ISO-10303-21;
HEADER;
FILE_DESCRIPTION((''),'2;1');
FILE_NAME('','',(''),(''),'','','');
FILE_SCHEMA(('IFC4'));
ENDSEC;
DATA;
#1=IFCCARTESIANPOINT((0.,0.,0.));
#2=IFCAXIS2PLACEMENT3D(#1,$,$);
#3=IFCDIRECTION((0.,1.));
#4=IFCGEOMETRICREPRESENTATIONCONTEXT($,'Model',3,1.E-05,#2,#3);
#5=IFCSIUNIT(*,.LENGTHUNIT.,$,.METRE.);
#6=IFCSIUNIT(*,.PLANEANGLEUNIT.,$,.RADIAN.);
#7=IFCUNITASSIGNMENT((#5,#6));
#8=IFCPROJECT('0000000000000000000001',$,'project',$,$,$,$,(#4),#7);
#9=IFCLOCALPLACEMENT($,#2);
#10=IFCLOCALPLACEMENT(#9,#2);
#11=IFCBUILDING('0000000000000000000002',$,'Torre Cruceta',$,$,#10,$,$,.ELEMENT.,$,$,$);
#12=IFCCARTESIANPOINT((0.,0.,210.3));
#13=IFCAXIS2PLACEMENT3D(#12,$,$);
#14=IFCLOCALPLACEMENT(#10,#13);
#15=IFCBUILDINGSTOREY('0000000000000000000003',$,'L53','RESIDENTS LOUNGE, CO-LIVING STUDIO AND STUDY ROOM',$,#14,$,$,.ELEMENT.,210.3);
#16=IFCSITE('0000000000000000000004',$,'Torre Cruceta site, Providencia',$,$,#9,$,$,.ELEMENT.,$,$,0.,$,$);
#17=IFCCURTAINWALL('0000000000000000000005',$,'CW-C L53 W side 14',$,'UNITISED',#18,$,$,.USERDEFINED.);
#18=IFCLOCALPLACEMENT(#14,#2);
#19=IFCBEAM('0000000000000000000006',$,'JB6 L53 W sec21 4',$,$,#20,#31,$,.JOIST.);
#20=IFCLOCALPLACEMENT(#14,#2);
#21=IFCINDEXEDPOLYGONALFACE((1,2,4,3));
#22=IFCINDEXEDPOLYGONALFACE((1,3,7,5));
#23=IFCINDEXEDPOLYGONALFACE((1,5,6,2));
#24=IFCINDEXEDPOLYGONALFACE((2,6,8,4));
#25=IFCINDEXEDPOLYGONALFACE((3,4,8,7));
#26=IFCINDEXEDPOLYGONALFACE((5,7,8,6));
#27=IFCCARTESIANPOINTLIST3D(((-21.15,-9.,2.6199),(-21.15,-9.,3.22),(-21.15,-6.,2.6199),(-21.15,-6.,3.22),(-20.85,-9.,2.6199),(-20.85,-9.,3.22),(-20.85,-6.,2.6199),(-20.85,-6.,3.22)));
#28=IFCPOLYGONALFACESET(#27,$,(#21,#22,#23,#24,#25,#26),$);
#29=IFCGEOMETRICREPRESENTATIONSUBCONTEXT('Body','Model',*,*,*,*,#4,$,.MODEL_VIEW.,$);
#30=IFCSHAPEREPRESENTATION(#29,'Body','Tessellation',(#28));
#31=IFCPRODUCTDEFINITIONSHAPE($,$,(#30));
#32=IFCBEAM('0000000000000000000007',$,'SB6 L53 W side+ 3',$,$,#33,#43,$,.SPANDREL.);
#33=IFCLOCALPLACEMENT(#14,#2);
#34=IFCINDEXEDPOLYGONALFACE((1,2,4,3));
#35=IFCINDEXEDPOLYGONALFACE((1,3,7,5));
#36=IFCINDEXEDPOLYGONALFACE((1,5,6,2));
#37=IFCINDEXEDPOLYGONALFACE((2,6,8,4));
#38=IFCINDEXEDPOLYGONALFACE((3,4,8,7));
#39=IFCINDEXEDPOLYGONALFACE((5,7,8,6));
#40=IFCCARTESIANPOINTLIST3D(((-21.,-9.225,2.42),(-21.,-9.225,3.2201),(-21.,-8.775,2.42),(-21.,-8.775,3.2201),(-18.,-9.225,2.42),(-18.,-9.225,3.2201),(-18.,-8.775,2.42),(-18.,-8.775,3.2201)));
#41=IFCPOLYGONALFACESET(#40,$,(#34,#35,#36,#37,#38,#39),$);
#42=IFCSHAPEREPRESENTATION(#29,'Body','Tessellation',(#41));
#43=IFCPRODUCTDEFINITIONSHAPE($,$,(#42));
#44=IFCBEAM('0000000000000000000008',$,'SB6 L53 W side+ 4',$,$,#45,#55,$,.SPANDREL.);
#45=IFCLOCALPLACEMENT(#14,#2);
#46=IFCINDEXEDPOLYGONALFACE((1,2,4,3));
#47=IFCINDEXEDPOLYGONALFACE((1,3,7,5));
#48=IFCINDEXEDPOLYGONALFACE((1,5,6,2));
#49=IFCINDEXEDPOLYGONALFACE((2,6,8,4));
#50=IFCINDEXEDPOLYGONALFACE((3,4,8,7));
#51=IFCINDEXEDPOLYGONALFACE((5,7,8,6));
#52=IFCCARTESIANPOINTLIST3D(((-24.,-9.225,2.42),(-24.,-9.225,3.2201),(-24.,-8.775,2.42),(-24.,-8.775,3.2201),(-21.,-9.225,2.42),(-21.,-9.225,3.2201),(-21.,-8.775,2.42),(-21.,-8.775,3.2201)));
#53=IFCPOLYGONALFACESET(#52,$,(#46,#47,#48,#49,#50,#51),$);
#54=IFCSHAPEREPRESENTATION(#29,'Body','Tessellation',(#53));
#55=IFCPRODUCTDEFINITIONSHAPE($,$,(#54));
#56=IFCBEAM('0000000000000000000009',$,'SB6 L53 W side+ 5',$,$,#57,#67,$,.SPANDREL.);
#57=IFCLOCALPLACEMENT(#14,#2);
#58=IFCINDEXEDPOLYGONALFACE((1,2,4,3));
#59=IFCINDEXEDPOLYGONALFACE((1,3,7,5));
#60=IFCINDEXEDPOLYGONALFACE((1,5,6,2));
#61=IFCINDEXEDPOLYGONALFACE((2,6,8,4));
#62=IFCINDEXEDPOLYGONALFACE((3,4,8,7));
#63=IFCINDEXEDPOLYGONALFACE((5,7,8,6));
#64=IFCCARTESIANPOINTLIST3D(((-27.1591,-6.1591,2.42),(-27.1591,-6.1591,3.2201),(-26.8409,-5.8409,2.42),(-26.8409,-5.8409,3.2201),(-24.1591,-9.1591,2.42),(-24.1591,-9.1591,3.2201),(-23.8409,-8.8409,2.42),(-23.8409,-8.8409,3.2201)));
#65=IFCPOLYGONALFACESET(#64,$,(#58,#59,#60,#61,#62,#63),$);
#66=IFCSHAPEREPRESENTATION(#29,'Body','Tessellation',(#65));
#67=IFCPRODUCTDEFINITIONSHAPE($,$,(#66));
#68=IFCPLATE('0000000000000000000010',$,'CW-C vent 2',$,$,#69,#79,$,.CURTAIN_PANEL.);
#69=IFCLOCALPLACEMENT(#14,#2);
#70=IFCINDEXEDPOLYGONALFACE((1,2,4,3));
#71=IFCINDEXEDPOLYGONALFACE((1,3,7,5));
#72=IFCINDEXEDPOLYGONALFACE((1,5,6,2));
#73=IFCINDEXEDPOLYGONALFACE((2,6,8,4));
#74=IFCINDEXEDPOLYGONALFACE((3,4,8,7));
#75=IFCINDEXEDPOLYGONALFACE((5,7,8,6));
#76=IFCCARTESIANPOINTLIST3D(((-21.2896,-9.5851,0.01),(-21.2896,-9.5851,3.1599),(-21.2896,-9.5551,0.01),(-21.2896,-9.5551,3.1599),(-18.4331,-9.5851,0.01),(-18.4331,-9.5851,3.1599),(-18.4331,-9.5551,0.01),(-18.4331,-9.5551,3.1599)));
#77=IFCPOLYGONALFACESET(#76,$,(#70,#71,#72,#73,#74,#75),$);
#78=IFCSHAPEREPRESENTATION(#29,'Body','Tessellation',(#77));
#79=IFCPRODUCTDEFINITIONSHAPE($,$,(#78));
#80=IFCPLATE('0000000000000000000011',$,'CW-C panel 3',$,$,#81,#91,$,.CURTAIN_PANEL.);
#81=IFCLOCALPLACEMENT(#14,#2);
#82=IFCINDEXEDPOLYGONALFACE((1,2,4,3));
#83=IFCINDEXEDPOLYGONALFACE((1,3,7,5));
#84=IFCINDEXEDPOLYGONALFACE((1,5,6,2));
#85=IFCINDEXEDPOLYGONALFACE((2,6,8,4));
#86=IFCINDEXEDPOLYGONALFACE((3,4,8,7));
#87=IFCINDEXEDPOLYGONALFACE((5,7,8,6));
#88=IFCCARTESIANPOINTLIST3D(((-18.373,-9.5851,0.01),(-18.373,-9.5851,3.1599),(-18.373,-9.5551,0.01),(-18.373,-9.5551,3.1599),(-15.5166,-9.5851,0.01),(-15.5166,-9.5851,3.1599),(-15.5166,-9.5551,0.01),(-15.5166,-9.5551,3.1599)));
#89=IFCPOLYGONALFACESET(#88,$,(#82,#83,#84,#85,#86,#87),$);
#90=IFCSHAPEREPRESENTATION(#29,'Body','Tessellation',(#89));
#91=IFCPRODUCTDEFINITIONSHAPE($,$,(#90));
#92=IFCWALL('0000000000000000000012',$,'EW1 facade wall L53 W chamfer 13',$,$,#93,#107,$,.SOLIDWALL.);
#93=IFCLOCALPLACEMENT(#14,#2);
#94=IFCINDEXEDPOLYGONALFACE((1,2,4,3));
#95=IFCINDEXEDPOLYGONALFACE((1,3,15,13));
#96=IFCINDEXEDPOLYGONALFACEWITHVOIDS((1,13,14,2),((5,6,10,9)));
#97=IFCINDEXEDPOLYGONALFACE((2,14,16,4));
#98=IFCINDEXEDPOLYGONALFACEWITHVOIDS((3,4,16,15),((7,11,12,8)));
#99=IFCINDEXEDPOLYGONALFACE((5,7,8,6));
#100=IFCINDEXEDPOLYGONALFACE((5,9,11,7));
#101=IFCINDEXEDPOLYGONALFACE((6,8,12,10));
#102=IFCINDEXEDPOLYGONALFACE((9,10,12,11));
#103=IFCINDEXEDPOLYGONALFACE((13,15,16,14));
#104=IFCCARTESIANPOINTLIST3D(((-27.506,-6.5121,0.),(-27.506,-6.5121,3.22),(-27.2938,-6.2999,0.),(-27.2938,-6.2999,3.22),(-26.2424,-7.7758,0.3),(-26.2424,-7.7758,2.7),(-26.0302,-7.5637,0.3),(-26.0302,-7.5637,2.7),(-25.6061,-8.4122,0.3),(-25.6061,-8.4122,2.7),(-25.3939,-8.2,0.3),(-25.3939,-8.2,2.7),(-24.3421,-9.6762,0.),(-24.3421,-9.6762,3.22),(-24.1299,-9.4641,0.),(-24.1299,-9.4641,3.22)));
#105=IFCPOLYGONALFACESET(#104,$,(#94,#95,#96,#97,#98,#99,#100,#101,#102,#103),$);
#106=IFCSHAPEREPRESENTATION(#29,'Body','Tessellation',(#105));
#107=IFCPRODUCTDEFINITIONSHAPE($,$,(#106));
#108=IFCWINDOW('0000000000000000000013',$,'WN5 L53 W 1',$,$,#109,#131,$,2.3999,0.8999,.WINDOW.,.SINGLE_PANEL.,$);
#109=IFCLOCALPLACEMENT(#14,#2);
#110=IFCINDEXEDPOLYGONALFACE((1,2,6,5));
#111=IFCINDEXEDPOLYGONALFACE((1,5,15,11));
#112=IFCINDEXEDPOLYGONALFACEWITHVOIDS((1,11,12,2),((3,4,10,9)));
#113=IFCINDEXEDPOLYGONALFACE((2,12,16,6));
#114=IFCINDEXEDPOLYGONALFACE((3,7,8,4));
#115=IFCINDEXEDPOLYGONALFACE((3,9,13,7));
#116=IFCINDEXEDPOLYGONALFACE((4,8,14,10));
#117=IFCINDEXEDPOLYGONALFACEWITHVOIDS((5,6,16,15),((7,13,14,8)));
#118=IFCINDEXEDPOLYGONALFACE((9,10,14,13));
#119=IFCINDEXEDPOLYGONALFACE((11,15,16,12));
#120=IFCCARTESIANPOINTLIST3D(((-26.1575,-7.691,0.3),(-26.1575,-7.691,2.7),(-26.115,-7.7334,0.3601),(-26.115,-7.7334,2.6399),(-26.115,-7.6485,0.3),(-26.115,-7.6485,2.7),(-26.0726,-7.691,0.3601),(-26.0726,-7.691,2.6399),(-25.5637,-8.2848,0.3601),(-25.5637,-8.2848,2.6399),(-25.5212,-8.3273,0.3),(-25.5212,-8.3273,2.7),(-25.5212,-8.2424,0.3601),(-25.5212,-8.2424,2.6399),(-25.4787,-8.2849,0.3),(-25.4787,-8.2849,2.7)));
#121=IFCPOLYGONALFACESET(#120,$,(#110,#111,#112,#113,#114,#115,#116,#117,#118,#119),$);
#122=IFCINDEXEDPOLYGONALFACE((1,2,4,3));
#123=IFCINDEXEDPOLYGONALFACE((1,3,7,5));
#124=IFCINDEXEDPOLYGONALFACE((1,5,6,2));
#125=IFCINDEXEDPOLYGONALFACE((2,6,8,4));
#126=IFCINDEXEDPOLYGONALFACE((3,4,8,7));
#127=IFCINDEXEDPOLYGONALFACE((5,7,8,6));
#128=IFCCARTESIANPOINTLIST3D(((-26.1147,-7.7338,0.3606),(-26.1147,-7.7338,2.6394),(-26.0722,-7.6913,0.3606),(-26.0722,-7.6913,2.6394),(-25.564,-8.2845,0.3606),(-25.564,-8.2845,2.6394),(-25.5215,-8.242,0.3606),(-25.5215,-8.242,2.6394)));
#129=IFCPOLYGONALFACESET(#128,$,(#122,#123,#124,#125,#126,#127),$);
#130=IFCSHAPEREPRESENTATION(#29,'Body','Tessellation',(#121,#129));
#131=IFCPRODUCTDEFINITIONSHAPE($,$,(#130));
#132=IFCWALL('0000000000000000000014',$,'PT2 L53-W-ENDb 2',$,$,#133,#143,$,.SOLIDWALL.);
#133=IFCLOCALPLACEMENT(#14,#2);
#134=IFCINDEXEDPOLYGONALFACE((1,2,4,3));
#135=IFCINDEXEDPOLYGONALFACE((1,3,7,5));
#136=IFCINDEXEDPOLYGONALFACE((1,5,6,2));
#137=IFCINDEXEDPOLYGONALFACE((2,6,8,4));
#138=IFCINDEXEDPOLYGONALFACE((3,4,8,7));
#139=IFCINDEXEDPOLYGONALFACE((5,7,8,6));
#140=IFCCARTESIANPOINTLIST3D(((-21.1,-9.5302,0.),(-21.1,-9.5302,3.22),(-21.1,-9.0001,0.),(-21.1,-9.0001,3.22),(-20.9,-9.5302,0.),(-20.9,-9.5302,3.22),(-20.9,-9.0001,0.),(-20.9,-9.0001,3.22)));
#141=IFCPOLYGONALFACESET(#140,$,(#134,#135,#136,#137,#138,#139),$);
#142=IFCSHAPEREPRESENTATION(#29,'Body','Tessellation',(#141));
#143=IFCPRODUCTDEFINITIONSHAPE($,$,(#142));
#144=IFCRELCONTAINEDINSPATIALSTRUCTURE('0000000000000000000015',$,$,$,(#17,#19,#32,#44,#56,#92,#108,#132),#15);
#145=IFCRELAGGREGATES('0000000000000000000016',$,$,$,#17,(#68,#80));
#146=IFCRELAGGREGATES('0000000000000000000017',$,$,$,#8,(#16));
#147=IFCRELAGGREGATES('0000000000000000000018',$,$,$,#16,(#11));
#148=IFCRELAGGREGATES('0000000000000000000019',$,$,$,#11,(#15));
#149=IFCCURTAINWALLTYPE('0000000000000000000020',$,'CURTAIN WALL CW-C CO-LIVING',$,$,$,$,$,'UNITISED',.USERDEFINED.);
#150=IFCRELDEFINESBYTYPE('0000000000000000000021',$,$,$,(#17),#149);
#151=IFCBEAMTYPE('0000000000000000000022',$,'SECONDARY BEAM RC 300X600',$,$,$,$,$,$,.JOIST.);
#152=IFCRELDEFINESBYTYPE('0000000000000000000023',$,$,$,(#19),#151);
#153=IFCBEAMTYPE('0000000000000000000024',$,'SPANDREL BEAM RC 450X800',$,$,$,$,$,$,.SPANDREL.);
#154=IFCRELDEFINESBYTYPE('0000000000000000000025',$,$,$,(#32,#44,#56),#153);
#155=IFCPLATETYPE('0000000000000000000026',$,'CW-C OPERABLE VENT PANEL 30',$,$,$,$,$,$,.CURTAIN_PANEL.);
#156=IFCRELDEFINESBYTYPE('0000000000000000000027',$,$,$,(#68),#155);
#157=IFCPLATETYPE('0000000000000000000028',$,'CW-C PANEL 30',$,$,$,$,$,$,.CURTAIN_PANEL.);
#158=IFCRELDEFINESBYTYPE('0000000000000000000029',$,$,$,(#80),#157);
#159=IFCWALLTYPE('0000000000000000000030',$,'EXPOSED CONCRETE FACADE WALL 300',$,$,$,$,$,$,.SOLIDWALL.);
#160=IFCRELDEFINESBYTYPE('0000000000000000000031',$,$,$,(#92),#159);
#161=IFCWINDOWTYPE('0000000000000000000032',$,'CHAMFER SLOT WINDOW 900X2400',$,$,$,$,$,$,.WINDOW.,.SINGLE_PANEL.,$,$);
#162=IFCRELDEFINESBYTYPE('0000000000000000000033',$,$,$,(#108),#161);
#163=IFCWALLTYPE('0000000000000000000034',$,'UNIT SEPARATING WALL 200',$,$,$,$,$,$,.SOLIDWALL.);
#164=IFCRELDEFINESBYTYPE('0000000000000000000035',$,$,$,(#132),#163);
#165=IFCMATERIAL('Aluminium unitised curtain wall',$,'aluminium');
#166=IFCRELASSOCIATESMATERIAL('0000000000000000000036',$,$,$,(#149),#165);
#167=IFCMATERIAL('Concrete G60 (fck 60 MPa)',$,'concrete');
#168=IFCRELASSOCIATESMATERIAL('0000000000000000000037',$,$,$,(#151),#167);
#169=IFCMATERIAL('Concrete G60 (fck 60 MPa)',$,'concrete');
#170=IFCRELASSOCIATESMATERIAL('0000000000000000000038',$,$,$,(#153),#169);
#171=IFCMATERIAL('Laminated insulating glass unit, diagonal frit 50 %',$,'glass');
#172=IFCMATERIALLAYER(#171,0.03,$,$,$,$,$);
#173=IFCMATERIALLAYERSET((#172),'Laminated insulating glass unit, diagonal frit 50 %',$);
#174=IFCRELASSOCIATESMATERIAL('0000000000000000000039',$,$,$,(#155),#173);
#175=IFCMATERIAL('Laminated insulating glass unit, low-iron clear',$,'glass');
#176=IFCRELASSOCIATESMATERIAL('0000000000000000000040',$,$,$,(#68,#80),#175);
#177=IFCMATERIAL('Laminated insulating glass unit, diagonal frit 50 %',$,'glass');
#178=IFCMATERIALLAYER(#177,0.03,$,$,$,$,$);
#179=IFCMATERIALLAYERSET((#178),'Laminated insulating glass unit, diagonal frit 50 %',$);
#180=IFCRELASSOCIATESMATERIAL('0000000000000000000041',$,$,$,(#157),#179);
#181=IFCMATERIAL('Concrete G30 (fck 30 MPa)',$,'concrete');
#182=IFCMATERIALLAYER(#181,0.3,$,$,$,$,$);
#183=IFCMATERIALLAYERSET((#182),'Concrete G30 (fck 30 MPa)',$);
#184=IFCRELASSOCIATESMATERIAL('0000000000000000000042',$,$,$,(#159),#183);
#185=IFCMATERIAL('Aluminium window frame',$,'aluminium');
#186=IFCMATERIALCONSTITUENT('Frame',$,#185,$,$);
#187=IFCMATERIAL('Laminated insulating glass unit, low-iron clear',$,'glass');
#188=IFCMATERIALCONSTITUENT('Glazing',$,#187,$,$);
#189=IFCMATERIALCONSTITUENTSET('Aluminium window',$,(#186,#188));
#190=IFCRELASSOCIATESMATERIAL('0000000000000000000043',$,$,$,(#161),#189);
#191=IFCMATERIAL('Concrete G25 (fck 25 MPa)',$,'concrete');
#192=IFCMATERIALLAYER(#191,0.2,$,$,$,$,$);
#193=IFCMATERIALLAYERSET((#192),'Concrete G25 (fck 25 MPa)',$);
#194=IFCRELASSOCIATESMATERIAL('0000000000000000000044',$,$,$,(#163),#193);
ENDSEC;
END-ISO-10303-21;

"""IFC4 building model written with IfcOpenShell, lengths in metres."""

from ifc_helpers import new_model, si_unit, direction, frame, frame_2d, origin, origin_2d, place, context, subcontext, project, spatial, rectangle, hollow_rectangle, extrude, material, layer, layer_set, constituent, constituent_set, material_profile, profile_set, type_object, element, fill, aggregate, save


model = new_model("IFC4")

# Units and contexts
model_context = context("Model", 3, precision=1e-05, world=origin(), true_north=direction((0.0, 1.0)))
body_context = subcontext(model_context, "Body", "Model", "MODEL_VIEW")
ifc_project = project(units=[si_unit("LENGTHUNIT", "METRE"), si_unit("PLANEANGLEUNIT", "RADIAN")], contexts=[model_context])

# Site, building, storey
site_placement = place(None, origin())
site = spatial("IfcSite", under=ifc_project, at=site_placement, Name="Torre Cruceta site, Providencia", CompositionType="ELEMENT", RefElevation=0.0)
building_placement = place(site_placement, origin())
building = spatial("IfcBuilding", under=site, at=building_placement, Name="Torre Cruceta", CompositionType="ELEMENT")
storey_placement = place(building_placement, frame((0.0, 0.0, 210.3)))
storey = spatial("IfcBuildingStorey", under=building, at=storey_placement, Name="L53", Description="RESIDENTS LOUNGE, CO-LIVING STUDIO AND STUDY ROOM", CompositionType="ELEMENT", Elevation=210.3)

# Curtain wall
ifc_material_1 = material(Name="Aluminium unitised curtain wall", Category="aluminium")
curtain_wall_type = type_object("IfcCurtainWallType", Name="CURTAIN WALL CW-C CO-LIVING", ElementType="UNITISED", PredefinedType="USERDEFINED", material=ifc_material_1)
curtain_wall_placement = place(storey_placement, origin())
curtain_wall = element("IfcCurtainWall", 1, at=curtain_wall_placement, inside=storey, type_object=curtain_wall_type, Name="CW-C L53 W side 14", ObjectType="UNITISED", PredefinedType="USERDEFINED")

# Beams
ifc_material_2 = material(Name="Concrete G60 (fck 60 MPa)", Category="concrete")
ifc_material_profile_1 = material_profile(ifc_material_2, rectangle(XDim=0.3, YDim=0.6001, at=origin_2d()), Name="RC 300X600")
ifc_profile_set_1 = profile_set([ifc_material_profile_1], Name="Concrete G60 (fck 60 MPa)")
beam_type_1 = type_object("IfcBeamType", Name="SECONDARY BEAM RC 300X600", PredefinedType="JOIST", material=ifc_profile_set_1)
beam_1_placement = place(storey_placement, frame((-21.0, -6.0, 2.9199), z_axis=(0.0, -1.0, 0.0), x_axis=(1.0, 0.0, 0.0)))
element("IfcBeam", 2, at=beam_1_placement, inside=storey, type_object=beam_type_1, Name="JB6 L53 W sec21 4", PredefinedType="JOIST", context=body_context, shape_type="SweptSolid", body=[
    extrude(rectangle(XDim=0.3, YDim=0.6001, at=origin_2d()), origin(), (0.0, 0.0, 1.0), 3.0),
])
ifc_material_3 = material(Name="Concrete G60 (fck 60 MPa)", Category="concrete")
ifc_material_profile_2 = material_profile(ifc_material_3, rectangle(XDim=0.45, YDim=0.8, at=origin_2d()), Name="RC 450X800")
ifc_profile_set_2 = profile_set([ifc_material_profile_2], Name="Concrete G60 (fck 60 MPa)")
beam_type_2 = type_object("IfcBeamType", Name="SPANDREL BEAM RC 450X800", PredefinedType="SPANDREL", material=ifc_profile_set_2)
for number, where, z_axis, x_axis, name in (
    (3, (-18.0, -9.0, 2.8201), (-1.0, 0.0, 0.0), (0.0, -1.0, 0.0), "SB6 L53 W side+ 3"),
    (4, (-21.0, -9.0, 2.8201), (-1.0, 0.0, 0.0), (0.0, -1.0, 0.0), "SB6 L53 W side+ 4"),
):
    element("IfcBeam", number, at=place(storey_placement, frame(where, z_axis=z_axis, x_axis=x_axis)), inside=storey, type_object=beam_type_2, Name=name, PredefinedType="SPANDREL", context=body_context, shape_type="SweptSolid", body=[
        extrude(rectangle(XDim=0.45, YDim=0.8, at=origin_2d()), origin(), (0.0, 0.0, 1.0), 3.0),
    ])
beam_2_placement = place(storey_placement, frame((-24.0, -9.0, 2.8201), z_axis=(-0.707107, 0.707107, 0.0), x_axis=(-0.707107, -0.707107, 0.0)))
element("IfcBeam", 5, at=beam_2_placement, inside=storey, type_object=beam_type_2, Name="SB6 L53 W side+ 5", PredefinedType="SPANDREL", context=body_context, shape_type="SweptSolid", body=[
    extrude(rectangle(XDim=0.45, YDim=0.8, at=origin_2d()), origin(), (0.0, 0.0, 1.0), 4.2427),
])

# Plates
ifc_material_4 = material(Name="Laminated insulating glass unit, low-iron clear", Category="glass")
ifc_material_5 = material(Name="Laminated insulating glass unit, diagonal frit 50 %", Category="glass")
ifc_layer_1 = layer(ifc_material_5, 0.03)
ifc_layer_set_1 = layer_set([ifc_layer_1], Name="Laminated insulating glass unit, diagonal frit 50 %")
plate_type_1 = type_object("IfcPlateType", Name="CW-C OPERABLE VENT PANEL 30", PredefinedType="CURTAIN_PANEL", material=ifc_layer_set_1)
plate_1_placement = place(storey_placement, frame((-19.8613, -9.5701, 0.01), z_axis=(0.0, 0.0, 1.0), x_axis=(1.0, 0.0, 0.0)))
plate_1 = element("IfcPlate", 6, at=plate_1_placement, type_object=plate_type_1, material=ifc_material_4, Name="CW-C vent 2", PredefinedType="CURTAIN_PANEL", context=body_context, shape_type="SweptSolid", body=[
    extrude(rectangle(XDim=2.8564, YDim=0.03, at=origin_2d()), origin(), (0.0, 0.0, 1.0), 3.1499),
])
ifc_material_6 = material(Name="Laminated insulating glass unit, diagonal frit 50 %", Category="glass")
ifc_layer_2 = layer(ifc_material_6, 0.03)
ifc_layer_set_2 = layer_set([ifc_layer_2], Name="Laminated insulating glass unit, diagonal frit 50 %")
plate_type_2 = type_object("IfcPlateType", Name="CW-C PANEL 30", PredefinedType="CURTAIN_PANEL", material=ifc_layer_set_2)
plate_2_placement = place(storey_placement, frame((-16.9448, -9.5701, 0.01), z_axis=(0.0, 0.0, 1.0), x_axis=(1.0, 0.0, 0.0)))
plate_2 = element("IfcPlate", 7, at=plate_2_placement, type_object=plate_type_2, material=ifc_material_4, Name="CW-C panel 3", PredefinedType="CURTAIN_PANEL", context=body_context, shape_type="SweptSolid", body=[
    extrude(rectangle(XDim=2.8564, YDim=0.03, at=origin_2d()), origin(), (0.0, 0.0, 1.0), 3.1499),
])
aggregate(curtain_wall, [plate_1, plate_2])

# Wall, opening, window
ifc_material_7 = material(Name="Concrete G30 (fck 30 MPa)", Category="concrete")
ifc_layer_3 = layer(ifc_material_7, 0.3)
ifc_layer_set_3 = layer_set([ifc_layer_3], Name="Concrete G30 (fck 30 MPa)")
wall_type_1 = type_object("IfcWallType", Name="EXPOSED CONCRETE FACADE WALL 300", PredefinedType="SOLIDWALL", material=ifc_layer_set_3)
wall_1_placement = place(storey_placement, frame((-27.3999, -6.406, 0.0), z_axis=(0.0, 0.0, 1.0), x_axis=(0.707079, -0.707134, 0.0)))
wall_1 = element("IfcWall", 8, at=wall_1_placement, inside=storey, type_object=wall_type_1, Name="EW1 facade wall L53 W chamfer 13", PredefinedType="SOLIDWALL", context=body_context, shape_type="SweptSolid", body=[
    extrude(rectangle(XDim=4.4746, YDim=0.3, at=frame_2d((2.2373, 0.0))), origin(), (0.0, 0.0, 1.0), 3.22),
])
opening_placement = place(wall_1_placement, frame((1.7871, 0.0, 0.3)))
opening = element("IfcOpeningElement", 9, at=opening_placement, cuts=wall_1, PredefinedType="OPENING", context=body_context, shape_type="SweptSolid", body=[
    extrude(rectangle(XDim=0.8999, YDim=2.3999, at=frame_2d((0.45, 1.2))), frame((0.0, 0.1599, 0.0), z_axis=(0.0, -1.0, 0.0), x_axis=(1.0, 0.0, 0.0)), (0.0, 0.0, 1.0), 0.3201),
])
ifc_material_8 = material(Name="Aluminium window frame", Category="aluminium")
ifc_constituent_1 = constituent(ifc_material_8, Name="Frame")
ifc_material_9 = material(Name="Laminated insulating glass unit, low-iron clear", Category="glass")
ifc_constituent_2 = constituent(ifc_material_9, Name="Glazing")
ifc_constituent_set = constituent_set(constituents=[ifc_constituent_1, ifc_constituent_2], Name="Aluminium window")
window_type = type_object("IfcWindowType", Name="CHAMFER SLOT WINDOW 900X2400", PartitioningType="SINGLE_PANEL", PredefinedType="WINDOW", material=ifc_constituent_set)
window_placement = place(opening_placement, origin())
window = element("IfcWindow", 10, at=window_placement, inside=storey, type_object=window_type, Name="WN5 L53 W 1", OverallHeight=2.3999, OverallWidth=0.8999, PartitioningType="SINGLE_PANEL", PredefinedType="WINDOW", context=body_context, shape_type="SweptSolid", body=[
    extrude(hollow_rectangle(XDim=0.8999, YDim=2.3999, WallThickness=0.0601, at=frame_2d((0.45, 1.2))), frame((0.0, 0.03, 0.0), z_axis=(0.0, -1.0, 0.0), x_axis=(1.0, 0.0, 0.0)), (0.0, 0.0, 1.0), 0.0601),
    extrude(rectangle(XDim=0.7788, YDim=2.2788, at=frame_2d((0.45, 1.2))), frame((0.0, 0.03, 0.0), z_axis=(0.0, -1.0, 0.0), x_axis=(1.0, 0.0, 0.0)), (0.0, 0.0, 1.0), 0.0601),
])
fill(opening, window)

# Wall
ifc_material_10 = material(Name="Concrete G25 (fck 25 MPa)", Category="concrete")
ifc_layer_4 = layer(ifc_material_10, 0.2)
ifc_layer_set_4 = layer_set([ifc_layer_4], Name="Concrete G25 (fck 25 MPa)")
wall_type_2 = type_object("IfcWallType", Name="UNIT SEPARATING WALL 200", PredefinedType="SOLIDWALL", material=ifc_layer_set_4)
wall_2_placement = place(storey_placement, frame((-21.0, -9.0, 0.0), z_axis=(0.0, 0.0, 1.0), x_axis=(0.0, -1.0, 0.0)))
element("IfcWall", 11, at=wall_2_placement, inside=storey, type_object=wall_type_2, Name="PT2 L53-W-ENDb 2", PredefinedType="SOLIDWALL", context=body_context, shape_type="SweptSolid", body=[
    extrude(rectangle(XDim=0.53, YDim=0.2, at=frame_2d((0.2651, 0.0))), origin(), (0.0, 0.0, 1.0), 3.22),
])

save(model, "model.ifc")
